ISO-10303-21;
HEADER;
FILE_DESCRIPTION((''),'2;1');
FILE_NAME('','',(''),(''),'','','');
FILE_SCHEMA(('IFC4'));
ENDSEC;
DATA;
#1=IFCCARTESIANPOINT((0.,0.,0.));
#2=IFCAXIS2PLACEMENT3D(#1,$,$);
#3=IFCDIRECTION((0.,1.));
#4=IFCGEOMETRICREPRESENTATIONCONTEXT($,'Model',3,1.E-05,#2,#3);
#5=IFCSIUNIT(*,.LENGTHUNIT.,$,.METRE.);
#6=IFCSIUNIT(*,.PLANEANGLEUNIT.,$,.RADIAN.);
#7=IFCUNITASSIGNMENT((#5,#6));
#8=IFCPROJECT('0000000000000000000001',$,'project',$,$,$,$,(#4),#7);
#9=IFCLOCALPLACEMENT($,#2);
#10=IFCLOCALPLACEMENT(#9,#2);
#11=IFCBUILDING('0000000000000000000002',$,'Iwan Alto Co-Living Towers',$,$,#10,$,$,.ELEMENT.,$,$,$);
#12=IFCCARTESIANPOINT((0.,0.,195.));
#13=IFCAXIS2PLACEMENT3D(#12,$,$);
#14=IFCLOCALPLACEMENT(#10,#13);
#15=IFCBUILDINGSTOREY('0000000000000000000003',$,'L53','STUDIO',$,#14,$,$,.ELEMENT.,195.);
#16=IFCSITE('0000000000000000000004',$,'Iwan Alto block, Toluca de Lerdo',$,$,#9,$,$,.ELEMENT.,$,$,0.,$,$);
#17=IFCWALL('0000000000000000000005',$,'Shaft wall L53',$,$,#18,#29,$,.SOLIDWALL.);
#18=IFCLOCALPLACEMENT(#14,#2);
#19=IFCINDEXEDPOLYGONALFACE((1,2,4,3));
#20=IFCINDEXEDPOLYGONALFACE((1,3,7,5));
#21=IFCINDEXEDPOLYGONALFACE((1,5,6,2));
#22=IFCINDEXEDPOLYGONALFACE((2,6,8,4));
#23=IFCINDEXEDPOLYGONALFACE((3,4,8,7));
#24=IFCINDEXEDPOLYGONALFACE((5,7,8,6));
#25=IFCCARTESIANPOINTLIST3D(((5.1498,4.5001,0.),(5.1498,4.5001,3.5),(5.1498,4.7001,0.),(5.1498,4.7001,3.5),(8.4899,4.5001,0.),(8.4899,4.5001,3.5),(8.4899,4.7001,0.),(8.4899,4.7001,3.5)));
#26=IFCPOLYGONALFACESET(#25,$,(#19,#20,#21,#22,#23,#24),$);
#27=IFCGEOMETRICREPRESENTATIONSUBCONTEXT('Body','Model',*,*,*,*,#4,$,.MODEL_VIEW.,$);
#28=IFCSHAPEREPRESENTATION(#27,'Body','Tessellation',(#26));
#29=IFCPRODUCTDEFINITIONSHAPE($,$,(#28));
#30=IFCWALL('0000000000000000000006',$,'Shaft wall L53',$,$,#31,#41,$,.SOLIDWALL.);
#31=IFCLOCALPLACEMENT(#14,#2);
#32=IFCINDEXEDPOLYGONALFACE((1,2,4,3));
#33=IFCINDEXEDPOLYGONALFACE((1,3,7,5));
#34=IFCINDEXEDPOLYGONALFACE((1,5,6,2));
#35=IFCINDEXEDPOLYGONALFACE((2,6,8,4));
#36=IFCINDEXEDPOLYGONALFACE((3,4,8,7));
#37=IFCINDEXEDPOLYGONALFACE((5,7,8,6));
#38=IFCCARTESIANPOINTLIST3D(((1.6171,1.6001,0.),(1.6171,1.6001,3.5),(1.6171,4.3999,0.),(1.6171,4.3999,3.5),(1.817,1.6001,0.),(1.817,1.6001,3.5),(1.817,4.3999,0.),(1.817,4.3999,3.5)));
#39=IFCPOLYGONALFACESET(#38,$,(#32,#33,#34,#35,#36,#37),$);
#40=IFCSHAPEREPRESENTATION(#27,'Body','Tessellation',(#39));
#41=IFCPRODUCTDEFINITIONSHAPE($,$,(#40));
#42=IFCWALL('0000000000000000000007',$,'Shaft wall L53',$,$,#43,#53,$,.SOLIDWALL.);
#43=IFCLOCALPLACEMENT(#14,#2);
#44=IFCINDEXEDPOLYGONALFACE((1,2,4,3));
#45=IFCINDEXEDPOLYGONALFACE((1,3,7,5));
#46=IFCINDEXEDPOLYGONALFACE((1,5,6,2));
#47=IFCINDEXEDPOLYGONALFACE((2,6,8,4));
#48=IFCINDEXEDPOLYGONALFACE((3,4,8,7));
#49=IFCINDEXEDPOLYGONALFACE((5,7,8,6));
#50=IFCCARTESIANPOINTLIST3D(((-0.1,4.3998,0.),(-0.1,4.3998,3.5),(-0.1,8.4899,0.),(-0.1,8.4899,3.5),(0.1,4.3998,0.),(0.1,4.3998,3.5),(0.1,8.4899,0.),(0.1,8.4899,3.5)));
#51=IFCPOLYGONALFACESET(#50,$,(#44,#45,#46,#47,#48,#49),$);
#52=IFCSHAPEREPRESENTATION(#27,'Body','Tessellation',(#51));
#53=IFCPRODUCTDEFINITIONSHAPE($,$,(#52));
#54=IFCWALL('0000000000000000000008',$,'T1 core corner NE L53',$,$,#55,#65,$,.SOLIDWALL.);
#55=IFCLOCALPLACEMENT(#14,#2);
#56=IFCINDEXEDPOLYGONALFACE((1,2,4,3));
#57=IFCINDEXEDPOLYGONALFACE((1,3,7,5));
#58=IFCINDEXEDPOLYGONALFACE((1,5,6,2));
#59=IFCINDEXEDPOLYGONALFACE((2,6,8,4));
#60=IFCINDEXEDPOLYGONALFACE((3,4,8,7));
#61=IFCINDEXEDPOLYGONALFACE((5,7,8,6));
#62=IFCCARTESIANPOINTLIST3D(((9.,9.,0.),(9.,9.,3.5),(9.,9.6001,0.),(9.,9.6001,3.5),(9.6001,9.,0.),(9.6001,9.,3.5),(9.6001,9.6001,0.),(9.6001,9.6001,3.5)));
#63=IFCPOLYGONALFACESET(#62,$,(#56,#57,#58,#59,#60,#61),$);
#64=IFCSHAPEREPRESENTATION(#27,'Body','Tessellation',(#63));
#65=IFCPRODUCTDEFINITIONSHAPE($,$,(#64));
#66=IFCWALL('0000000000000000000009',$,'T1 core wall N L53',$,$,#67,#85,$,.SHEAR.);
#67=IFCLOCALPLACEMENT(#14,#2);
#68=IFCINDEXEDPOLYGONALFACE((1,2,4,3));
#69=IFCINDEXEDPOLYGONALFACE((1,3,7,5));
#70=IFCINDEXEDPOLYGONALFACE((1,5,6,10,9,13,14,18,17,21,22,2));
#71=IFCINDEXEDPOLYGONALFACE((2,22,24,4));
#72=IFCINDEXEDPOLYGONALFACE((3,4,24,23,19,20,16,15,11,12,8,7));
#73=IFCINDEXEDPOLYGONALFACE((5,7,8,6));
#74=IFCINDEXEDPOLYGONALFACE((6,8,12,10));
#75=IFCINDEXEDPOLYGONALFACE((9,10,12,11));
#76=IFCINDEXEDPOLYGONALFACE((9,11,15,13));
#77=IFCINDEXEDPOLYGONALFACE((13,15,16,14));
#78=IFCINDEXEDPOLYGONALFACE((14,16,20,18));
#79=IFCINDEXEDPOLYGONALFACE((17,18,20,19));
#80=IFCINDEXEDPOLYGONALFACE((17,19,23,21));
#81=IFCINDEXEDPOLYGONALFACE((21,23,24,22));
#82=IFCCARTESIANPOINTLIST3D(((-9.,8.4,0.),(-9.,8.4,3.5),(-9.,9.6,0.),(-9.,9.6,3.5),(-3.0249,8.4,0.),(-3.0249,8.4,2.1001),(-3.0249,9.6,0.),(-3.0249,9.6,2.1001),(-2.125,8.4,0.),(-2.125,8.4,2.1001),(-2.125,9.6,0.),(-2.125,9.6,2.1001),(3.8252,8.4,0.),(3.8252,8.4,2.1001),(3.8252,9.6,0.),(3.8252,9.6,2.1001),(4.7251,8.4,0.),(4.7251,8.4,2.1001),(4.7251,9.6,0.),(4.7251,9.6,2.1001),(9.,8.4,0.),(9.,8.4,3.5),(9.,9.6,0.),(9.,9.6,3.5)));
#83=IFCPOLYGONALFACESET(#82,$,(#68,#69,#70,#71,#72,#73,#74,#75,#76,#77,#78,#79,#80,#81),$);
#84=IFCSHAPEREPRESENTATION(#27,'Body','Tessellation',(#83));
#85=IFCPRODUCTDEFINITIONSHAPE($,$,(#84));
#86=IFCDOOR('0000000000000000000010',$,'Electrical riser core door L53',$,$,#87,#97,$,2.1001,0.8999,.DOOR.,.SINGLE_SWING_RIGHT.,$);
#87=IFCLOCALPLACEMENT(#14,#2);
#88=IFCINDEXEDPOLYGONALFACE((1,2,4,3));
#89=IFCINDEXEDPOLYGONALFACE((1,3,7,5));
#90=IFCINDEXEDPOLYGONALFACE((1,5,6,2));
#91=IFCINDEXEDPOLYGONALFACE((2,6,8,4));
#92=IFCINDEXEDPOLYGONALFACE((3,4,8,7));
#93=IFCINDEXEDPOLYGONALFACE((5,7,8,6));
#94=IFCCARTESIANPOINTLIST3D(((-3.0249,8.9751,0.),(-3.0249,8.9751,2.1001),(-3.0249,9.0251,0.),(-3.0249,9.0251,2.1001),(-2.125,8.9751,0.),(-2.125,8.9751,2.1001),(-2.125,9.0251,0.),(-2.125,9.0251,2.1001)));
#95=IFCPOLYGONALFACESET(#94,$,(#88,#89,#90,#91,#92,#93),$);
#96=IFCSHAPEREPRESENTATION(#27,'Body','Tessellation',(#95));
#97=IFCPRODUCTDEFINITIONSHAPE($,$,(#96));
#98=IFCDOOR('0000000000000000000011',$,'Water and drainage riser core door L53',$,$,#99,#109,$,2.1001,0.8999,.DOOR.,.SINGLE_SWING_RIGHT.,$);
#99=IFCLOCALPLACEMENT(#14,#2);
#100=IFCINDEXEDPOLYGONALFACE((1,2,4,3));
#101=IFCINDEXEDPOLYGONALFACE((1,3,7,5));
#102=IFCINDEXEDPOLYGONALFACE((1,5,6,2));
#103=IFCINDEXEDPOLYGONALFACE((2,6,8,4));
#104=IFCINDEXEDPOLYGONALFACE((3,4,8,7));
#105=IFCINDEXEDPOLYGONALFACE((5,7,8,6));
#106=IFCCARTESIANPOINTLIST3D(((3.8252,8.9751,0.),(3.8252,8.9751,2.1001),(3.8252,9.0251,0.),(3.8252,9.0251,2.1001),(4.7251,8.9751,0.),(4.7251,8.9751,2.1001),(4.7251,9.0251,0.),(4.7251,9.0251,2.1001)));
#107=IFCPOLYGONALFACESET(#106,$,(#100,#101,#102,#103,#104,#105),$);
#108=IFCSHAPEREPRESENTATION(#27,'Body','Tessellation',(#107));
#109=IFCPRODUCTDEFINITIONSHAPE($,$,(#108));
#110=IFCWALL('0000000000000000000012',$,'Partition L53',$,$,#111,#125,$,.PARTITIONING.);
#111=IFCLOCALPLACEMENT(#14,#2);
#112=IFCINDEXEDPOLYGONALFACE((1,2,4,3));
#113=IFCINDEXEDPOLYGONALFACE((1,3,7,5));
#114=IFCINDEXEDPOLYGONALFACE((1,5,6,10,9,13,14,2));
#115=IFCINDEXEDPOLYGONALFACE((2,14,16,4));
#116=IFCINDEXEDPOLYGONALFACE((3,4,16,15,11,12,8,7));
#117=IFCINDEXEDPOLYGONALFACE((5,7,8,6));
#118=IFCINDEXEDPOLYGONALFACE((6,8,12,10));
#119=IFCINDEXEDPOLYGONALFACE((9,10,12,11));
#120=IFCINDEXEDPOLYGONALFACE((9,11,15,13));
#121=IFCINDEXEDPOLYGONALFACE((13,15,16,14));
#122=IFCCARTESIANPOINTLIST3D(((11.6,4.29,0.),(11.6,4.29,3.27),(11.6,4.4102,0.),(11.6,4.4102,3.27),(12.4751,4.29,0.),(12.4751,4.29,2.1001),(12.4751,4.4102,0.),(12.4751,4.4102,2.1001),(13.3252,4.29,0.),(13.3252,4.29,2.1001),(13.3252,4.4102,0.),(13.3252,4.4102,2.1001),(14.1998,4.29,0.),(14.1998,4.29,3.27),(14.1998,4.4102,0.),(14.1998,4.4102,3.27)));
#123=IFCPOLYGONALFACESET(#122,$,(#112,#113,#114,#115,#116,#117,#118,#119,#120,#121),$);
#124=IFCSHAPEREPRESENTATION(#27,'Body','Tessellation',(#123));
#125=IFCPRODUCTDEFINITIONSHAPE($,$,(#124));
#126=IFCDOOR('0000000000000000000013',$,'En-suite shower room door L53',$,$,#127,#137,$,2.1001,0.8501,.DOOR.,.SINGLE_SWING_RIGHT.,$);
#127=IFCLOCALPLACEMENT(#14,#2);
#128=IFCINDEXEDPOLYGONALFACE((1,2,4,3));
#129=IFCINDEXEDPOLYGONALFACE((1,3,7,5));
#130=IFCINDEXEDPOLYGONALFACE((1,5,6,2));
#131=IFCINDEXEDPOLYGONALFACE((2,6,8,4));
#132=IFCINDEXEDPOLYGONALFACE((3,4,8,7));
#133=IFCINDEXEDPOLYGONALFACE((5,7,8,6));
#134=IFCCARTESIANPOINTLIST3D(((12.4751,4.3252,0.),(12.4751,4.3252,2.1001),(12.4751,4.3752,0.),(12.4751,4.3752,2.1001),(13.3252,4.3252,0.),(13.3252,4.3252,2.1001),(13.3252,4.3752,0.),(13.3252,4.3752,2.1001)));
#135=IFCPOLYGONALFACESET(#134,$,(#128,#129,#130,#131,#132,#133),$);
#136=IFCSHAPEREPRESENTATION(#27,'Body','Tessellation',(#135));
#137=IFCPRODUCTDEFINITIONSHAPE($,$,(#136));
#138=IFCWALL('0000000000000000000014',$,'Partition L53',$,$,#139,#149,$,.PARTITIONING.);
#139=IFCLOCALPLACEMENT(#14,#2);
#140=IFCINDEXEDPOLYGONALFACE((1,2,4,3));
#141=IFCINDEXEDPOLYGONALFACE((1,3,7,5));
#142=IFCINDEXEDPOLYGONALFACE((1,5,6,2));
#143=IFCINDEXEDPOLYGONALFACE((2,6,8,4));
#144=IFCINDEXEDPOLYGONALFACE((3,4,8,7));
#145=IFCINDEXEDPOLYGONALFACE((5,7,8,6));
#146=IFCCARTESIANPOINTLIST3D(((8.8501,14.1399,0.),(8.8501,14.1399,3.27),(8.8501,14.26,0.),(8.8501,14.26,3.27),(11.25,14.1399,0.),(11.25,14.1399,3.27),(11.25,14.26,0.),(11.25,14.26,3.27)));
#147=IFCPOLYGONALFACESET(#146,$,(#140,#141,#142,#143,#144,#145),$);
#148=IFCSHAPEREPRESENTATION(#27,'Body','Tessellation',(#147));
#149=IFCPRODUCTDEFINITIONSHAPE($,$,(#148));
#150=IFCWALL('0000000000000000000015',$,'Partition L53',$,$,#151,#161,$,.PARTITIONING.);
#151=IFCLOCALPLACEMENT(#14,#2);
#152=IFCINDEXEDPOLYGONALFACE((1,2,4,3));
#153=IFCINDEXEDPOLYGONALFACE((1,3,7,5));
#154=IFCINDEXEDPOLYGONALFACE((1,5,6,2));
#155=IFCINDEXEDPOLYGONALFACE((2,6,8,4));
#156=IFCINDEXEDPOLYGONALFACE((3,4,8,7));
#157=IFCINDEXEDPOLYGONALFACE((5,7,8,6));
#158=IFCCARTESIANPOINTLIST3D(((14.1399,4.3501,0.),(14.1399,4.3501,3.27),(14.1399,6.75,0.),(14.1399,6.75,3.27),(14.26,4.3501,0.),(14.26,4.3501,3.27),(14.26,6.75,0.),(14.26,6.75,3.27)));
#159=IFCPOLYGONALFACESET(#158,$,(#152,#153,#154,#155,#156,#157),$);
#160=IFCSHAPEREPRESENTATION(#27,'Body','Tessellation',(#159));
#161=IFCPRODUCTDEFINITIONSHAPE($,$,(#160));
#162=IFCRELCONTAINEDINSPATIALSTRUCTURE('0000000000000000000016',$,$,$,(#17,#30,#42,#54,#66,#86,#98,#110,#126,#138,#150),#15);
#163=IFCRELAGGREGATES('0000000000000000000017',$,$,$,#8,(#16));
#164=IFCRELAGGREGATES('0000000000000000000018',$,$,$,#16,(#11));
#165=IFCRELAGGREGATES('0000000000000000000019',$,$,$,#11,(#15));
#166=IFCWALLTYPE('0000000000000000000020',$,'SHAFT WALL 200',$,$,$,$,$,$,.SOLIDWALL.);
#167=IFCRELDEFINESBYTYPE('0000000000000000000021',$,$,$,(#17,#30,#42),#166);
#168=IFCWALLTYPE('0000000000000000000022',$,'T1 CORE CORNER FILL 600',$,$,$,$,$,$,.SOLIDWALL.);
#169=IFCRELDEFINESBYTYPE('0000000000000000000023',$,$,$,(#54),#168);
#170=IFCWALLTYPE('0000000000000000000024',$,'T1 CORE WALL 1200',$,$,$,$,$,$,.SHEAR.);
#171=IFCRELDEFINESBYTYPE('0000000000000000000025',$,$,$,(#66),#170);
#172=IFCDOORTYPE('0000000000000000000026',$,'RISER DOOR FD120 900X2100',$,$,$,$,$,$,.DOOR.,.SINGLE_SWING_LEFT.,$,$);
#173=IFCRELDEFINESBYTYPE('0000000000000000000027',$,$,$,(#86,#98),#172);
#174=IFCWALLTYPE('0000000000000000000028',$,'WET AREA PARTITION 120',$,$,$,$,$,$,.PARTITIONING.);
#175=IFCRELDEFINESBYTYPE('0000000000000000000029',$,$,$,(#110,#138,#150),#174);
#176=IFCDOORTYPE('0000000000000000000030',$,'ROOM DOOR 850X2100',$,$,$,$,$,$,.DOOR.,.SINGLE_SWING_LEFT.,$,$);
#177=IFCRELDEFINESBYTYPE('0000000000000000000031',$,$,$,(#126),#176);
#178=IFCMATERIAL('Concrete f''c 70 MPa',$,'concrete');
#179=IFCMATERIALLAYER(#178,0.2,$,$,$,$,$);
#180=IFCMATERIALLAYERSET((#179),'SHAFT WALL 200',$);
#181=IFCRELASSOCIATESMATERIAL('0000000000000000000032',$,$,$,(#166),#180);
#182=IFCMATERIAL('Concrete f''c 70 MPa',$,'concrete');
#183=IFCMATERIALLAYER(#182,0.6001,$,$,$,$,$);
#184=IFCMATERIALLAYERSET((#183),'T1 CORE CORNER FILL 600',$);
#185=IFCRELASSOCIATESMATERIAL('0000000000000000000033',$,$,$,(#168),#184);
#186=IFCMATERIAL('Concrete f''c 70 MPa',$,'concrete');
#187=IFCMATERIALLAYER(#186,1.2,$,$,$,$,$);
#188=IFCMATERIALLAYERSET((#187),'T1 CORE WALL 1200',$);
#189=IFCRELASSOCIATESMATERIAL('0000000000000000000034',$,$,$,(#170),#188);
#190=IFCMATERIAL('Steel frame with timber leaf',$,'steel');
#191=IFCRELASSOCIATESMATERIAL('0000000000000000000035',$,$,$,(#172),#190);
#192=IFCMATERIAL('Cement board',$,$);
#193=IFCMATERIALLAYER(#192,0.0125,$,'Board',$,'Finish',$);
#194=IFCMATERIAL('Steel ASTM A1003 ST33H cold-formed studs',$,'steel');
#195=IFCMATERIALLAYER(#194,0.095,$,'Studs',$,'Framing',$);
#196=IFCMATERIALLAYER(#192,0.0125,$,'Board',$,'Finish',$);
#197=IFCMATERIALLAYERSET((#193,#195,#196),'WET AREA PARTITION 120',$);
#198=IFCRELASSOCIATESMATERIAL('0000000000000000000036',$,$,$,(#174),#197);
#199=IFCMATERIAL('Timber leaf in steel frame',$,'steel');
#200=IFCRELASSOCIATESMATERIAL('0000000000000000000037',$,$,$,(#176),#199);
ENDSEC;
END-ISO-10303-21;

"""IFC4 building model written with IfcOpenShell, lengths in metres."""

from ifc_helpers import new_model, si_unit, direction, frame, frame_2d, origin, place, context, subcontext, project, spatial, rectangle, extrude, material, layer, layer_set, type_object, element, fill, save


model = new_model("IFC4")

# Units and contexts
model_context = context("Model", 3, precision=1e-05, world=origin(), true_north=direction((0.0, 1.0)))
body_context = subcontext(model_context, "Body", "Model", "MODEL_VIEW")
ifc_project = project(units=[si_unit("LENGTHUNIT", "METRE"), si_unit("PLANEANGLEUNIT", "RADIAN")], contexts=[model_context])

# Site, building, storey
site_placement = place(None, origin())
site = spatial("IfcSite", under=ifc_project, at=site_placement, Name="Iwan Alto block, Toluca de Lerdo", CompositionType="ELEMENT", RefElevation=0.0)
building_placement = place(site_placement, origin())
building = spatial("IfcBuilding", under=site, at=building_placement, Name="Iwan Alto Co-Living Towers", CompositionType="ELEMENT")
storey_placement = place(building_placement, frame((0.0, 0.0, 195.0)))
storey = spatial("IfcBuildingStorey", under=building, at=storey_placement, Name="L53", Description="STUDIO", CompositionType="ELEMENT", Elevation=195.0)

# Shared definitions
ifc_material_1 = material(Name="Steel ASTM A1003 ST33H cold-formed studs", Category="steel")

# Walls
ifc_material_2 = material(Name="Concrete f'c 70 MPa", Category="concrete")
ifc_layer_1 = layer(ifc_material_2, 0.2)
ifc_layer_set_1 = layer_set([ifc_layer_1], Name="SHAFT WALL 200")
wall_type_1 = type_object("IfcWallType", Name="SHAFT WALL 200", PredefinedType="SOLIDWALL", material=ifc_layer_set_1)
wall_1_placement = place(storey_placement, frame((5.1499, 4.6001, 0.0), z_axis=(0.0, 0.0, 1.0), x_axis=(1.0, 0.0, 0.0)))
element("IfcWall", 1, at=wall_1_placement, inside=storey, type_object=wall_type_1, Name="Shaft wall L53", PredefinedType="SOLIDWALL", context=body_context, shape_type="SweptSolid", body=[
    extrude(rectangle(XDim=3.3401, YDim=0.2, at=frame_2d((1.6699, 0.0))), origin(), (0.0, 0.0, 1.0), 3.5),
])
wall_2_placement = place(storey_placement, frame((1.717, 1.6001, 0.0), z_axis=(0.0, 0.0, 1.0), x_axis=(0.0, 1.0, 0.0)))
element("IfcWall", 2, at=wall_2_placement, inside=storey, type_object=wall_type_1, Name="Shaft wall L53", PredefinedType="SOLIDWALL", context=body_context, shape_type="SweptSolid", body=[
    extrude(rectangle(XDim=2.7998, YDim=0.2, at=frame_2d((1.3999, 0.0))), origin(), (0.0, 0.0, 1.0), 3.5),
])
wall_3_placement = place(storey_placement, frame((0.0, 4.3999, 0.0), z_axis=(0.0, 0.0, 1.0), x_axis=(0.0, 1.0, 0.0)))
element("IfcWall", 3, at=wall_3_placement, inside=storey, type_object=wall_type_1, Name="Shaft wall L53", PredefinedType="SOLIDWALL", context=body_context, shape_type="SweptSolid", body=[
    extrude(rectangle(XDim=4.0901, YDim=0.2, at=frame_2d((2.0449, 0.0))), origin(), (0.0, 0.0, 1.0), 3.5),
])
ifc_material_3 = material(Name="Concrete f'c 70 MPa", Category="concrete")
ifc_layer_2 = layer(ifc_material_3, 0.6001)
ifc_layer_set_2 = layer_set([ifc_layer_2], Name="T1 CORE CORNER FILL 600")
wall_type_2 = type_object("IfcWallType", Name="T1 CORE CORNER FILL 600", PredefinedType="SOLIDWALL", material=ifc_layer_set_2)
wall_4_placement = place(storey_placement, frame((9.0, 9.3, 0.0), z_axis=(0.0, 0.0, 1.0), x_axis=(1.0, 0.0, 0.0)))
element("IfcWall", 4, at=wall_4_placement, inside=storey, type_object=wall_type_2, Name="T1 core corner NE L53", PredefinedType="SOLIDWALL", context=body_context, shape_type="SweptSolid", body=[
    extrude(rectangle(XDim=0.6001, YDim=0.6001, at=frame_2d((0.3, 0.0))), origin(), (0.0, 0.0, 1.0), 3.5),
])

# Wall, openings, doors
ifc_material_4 = material(Name="Concrete f'c 70 MPa", Category="concrete")
ifc_layer_3 = layer(ifc_material_4, 1.2)
ifc_layer_set_3 = layer_set([ifc_layer_3], Name="T1 CORE WALL 1200")
wall_type_3 = type_object("IfcWallType", Name="T1 CORE WALL 1200", PredefinedType="SHEAR", material=ifc_layer_set_3)
wall_5_placement = place(storey_placement, frame((9.0, 9.0, 0.0), z_axis=(0.0, 0.0, 1.0), x_axis=(-1.0, 0.0, 0.0)))
wall_5 = element("IfcWall", 5, at=wall_5_placement, inside=storey, type_object=wall_type_3, Name="T1 core wall N L53", PredefinedType="SHEAR", context=body_context, shape_type="SweptSolid", body=[
    extrude(rectangle(XDim=18.0, YDim=1.2, at=frame_2d((9.0, 0.0))), origin(), (0.0, 0.0, 1.0), 3.5),
])
opening_1_placement = place(wall_5_placement, frame((11.125, 0.0, 0.0)))
opening_1 = element("IfcOpeningElement", 6, at=opening_1_placement, cuts=wall_5, PredefinedType="OPENING", context=body_context, shape_type="SweptSolid", body=[
    extrude(rectangle(XDim=0.8999, YDim=2.1001, at=frame_2d((0.45, 1.05))), frame((0.0, 0.6099, 0.0), z_axis=(0.0, -1.0, 0.0), x_axis=(1.0, 0.0, 0.0)), (0.0, 0.0, 1.0), 1.22),
])
opening_2_placement = place(wall_5_placement, frame((4.2749, 0.0, 0.0)))
opening_2 = element("IfcOpeningElement", 7, at=opening_2_placement, cuts=wall_5, PredefinedType="OPENING", context=body_context, shape_type="SweptSolid", body=[
    extrude(rectangle(XDim=0.8999, YDim=2.1001, at=frame_2d((0.45, 1.05))), frame((0.0, 0.6099, 0.0), z_axis=(0.0, -1.0, 0.0), x_axis=(1.0, 0.0, 0.0)), (0.0, 0.0, 1.0), 1.22),
])
ifc_material_5 = material(Name="Steel frame with timber leaf", Category="steel")
door_type_1 = type_object("IfcDoorType", Name="RISER DOOR FD120 900X2100", OperationType="SINGLE_SWING_LEFT", PredefinedType="DOOR", material=ifc_material_5)
door_1_placement = place(opening_1_placement, origin())
door_1 = element("IfcDoor", 8, at=door_1_placement, inside=storey, type_object=door_type_1, Name="Electrical riser core door L53", OperationType="SINGLE_SWING_RIGHT", OverallHeight=2.1001, OverallWidth=0.8999, PredefinedType="DOOR", context=body_context, shape_type="SweptSolid", body=[
    extrude(rectangle(XDim=0.8999, YDim=2.1001, at=frame_2d((0.45, 1.05))), frame((0.0, 0.0249, 0.0), z_axis=(0.0, -1.0, 0.0), x_axis=(1.0, 0.0, 0.0)), (0.0, 0.0, 1.0), 0.05),
])
fill(opening_1, door_1)
door_2_placement = place(opening_2_placement, origin())
door_2 = element("IfcDoor", 9, at=door_2_placement, inside=storey, type_object=door_type_1, Name="Water and drainage riser core door L53", OperationType="SINGLE_SWING_RIGHT", OverallHeight=2.1001, OverallWidth=0.8999, PredefinedType="DOOR", context=body_context, shape_type="SweptSolid", body=[
    extrude(rectangle(XDim=0.8999, YDim=2.1001, at=frame_2d((0.45, 1.05))), frame((0.0, 0.0249, 0.0), z_axis=(0.0, -1.0, 0.0), x_axis=(1.0, 0.0, 0.0)), (0.0, 0.0, 1.0), 0.05),
])
fill(opening_2, door_2)

# Wall, opening, door
ifc_material_6 = material(Name="Cement board")
ifc_layer_4 = layer(ifc_material_6, 0.0125, Name="Board", Category="Finish")
ifc_layer_5 = layer(ifc_material_1, 0.095, Name="Studs", Category="Framing")
ifc_layer_6 = layer(ifc_material_6, 0.0125, Name="Board", Category="Finish")
ifc_layer_set_4 = layer_set([ifc_layer_4, ifc_layer_5, ifc_layer_6], Name="WET AREA PARTITION 120")
wall_type_4 = type_object("IfcWallType", Name="WET AREA PARTITION 120", PredefinedType="PARTITIONING", material=ifc_layer_set_4)
wall_6_placement = place(storey_placement, frame((11.6001, 4.3501, 0.0), z_axis=(0.0, 0.0, 1.0), x_axis=(1.0, 0.0, 0.0)))
wall_6 = element("IfcWall", 10, at=wall_6_placement, inside=storey, type_object=wall_type_4, Name="Partition L53", PredefinedType="PARTITIONING", context=body_context, shape_type="SweptSolid", body=[
    extrude(rectangle(XDim=2.5999, YDim=0.1201, at=frame_2d((1.2998, 0.0))), origin(), (0.0, 0.0, 1.0), 3.27),
])
opening_3_placement = place(wall_6_placement, frame((0.875, 0.0, 0.0)))
opening_3 = element("IfcOpeningElement", 11, at=opening_3_placement, cuts=wall_6, PredefinedType="OPENING", context=body_context, shape_type="SweptSolid", body=[
    extrude(rectangle(XDim=0.8501, YDim=2.1001, at=frame_2d((0.425, 1.05))), frame((0.0, 0.0701, 0.0), z_axis=(0.0, -1.0, 0.0), x_axis=(1.0, 0.0, 0.0)), (0.0, 0.0, 1.0), 0.1401),
])
ifc_material_7 = material(Name="Timber leaf in steel frame", Category="steel")
door_type_2 = type_object("IfcDoorType", Name="ROOM DOOR 850X2100", OperationType="SINGLE_SWING_LEFT", PredefinedType="DOOR", material=ifc_material_7)
door_3_placement = place(opening_3_placement, frame((0.8501, 0.0, 0.0), z_axis=(0.0, 0.0, 1.0), x_axis=(-1.0, 0.0, 0.0)))
door_3 = element("IfcDoor", 12, at=door_3_placement, inside=storey, type_object=door_type_2, Name="En-suite shower room door L53", OperationType="SINGLE_SWING_RIGHT", OverallHeight=2.1001, OverallWidth=0.8501, PredefinedType="DOOR", context=body_context, shape_type="SweptSolid", body=[
    extrude(rectangle(XDim=0.8501, YDim=2.1001, at=frame_2d((0.425, 1.05))), frame((0.0, 0.0249, 0.0), z_axis=(0.0, -1.0, 0.0), x_axis=(1.0, 0.0, 0.0)), (0.0, 0.0, 1.0), 0.05),
])
fill(opening_3, door_3)

# Walls
for number, where, z_axis, x_axis, name in (
    (13, (8.8501, 14.2, 0.0), (0.0, 0.0, 1.0), (1.0, 0.0, 0.0), "Partition L53"),
    (14, (14.2, 4.3501, 0.0), (0.0, 0.0, 1.0), (0.0, 1.0, 0.0), "Partition L53"),
):
    element("IfcWall", number, at=place(storey_placement, frame(where, z_axis=z_axis, x_axis=x_axis)), inside=storey, type_object=wall_type_4, Name=name, PredefinedType="PARTITIONING", context=body_context, shape_type="SweptSolid", body=[
        extrude(rectangle(XDim=2.3999, YDim=0.1201, at=frame_2d((1.2, 0.0))), origin(), (0.0, 0.0, 1.0), 3.27),
    ])

save(model, "model.ifc")
